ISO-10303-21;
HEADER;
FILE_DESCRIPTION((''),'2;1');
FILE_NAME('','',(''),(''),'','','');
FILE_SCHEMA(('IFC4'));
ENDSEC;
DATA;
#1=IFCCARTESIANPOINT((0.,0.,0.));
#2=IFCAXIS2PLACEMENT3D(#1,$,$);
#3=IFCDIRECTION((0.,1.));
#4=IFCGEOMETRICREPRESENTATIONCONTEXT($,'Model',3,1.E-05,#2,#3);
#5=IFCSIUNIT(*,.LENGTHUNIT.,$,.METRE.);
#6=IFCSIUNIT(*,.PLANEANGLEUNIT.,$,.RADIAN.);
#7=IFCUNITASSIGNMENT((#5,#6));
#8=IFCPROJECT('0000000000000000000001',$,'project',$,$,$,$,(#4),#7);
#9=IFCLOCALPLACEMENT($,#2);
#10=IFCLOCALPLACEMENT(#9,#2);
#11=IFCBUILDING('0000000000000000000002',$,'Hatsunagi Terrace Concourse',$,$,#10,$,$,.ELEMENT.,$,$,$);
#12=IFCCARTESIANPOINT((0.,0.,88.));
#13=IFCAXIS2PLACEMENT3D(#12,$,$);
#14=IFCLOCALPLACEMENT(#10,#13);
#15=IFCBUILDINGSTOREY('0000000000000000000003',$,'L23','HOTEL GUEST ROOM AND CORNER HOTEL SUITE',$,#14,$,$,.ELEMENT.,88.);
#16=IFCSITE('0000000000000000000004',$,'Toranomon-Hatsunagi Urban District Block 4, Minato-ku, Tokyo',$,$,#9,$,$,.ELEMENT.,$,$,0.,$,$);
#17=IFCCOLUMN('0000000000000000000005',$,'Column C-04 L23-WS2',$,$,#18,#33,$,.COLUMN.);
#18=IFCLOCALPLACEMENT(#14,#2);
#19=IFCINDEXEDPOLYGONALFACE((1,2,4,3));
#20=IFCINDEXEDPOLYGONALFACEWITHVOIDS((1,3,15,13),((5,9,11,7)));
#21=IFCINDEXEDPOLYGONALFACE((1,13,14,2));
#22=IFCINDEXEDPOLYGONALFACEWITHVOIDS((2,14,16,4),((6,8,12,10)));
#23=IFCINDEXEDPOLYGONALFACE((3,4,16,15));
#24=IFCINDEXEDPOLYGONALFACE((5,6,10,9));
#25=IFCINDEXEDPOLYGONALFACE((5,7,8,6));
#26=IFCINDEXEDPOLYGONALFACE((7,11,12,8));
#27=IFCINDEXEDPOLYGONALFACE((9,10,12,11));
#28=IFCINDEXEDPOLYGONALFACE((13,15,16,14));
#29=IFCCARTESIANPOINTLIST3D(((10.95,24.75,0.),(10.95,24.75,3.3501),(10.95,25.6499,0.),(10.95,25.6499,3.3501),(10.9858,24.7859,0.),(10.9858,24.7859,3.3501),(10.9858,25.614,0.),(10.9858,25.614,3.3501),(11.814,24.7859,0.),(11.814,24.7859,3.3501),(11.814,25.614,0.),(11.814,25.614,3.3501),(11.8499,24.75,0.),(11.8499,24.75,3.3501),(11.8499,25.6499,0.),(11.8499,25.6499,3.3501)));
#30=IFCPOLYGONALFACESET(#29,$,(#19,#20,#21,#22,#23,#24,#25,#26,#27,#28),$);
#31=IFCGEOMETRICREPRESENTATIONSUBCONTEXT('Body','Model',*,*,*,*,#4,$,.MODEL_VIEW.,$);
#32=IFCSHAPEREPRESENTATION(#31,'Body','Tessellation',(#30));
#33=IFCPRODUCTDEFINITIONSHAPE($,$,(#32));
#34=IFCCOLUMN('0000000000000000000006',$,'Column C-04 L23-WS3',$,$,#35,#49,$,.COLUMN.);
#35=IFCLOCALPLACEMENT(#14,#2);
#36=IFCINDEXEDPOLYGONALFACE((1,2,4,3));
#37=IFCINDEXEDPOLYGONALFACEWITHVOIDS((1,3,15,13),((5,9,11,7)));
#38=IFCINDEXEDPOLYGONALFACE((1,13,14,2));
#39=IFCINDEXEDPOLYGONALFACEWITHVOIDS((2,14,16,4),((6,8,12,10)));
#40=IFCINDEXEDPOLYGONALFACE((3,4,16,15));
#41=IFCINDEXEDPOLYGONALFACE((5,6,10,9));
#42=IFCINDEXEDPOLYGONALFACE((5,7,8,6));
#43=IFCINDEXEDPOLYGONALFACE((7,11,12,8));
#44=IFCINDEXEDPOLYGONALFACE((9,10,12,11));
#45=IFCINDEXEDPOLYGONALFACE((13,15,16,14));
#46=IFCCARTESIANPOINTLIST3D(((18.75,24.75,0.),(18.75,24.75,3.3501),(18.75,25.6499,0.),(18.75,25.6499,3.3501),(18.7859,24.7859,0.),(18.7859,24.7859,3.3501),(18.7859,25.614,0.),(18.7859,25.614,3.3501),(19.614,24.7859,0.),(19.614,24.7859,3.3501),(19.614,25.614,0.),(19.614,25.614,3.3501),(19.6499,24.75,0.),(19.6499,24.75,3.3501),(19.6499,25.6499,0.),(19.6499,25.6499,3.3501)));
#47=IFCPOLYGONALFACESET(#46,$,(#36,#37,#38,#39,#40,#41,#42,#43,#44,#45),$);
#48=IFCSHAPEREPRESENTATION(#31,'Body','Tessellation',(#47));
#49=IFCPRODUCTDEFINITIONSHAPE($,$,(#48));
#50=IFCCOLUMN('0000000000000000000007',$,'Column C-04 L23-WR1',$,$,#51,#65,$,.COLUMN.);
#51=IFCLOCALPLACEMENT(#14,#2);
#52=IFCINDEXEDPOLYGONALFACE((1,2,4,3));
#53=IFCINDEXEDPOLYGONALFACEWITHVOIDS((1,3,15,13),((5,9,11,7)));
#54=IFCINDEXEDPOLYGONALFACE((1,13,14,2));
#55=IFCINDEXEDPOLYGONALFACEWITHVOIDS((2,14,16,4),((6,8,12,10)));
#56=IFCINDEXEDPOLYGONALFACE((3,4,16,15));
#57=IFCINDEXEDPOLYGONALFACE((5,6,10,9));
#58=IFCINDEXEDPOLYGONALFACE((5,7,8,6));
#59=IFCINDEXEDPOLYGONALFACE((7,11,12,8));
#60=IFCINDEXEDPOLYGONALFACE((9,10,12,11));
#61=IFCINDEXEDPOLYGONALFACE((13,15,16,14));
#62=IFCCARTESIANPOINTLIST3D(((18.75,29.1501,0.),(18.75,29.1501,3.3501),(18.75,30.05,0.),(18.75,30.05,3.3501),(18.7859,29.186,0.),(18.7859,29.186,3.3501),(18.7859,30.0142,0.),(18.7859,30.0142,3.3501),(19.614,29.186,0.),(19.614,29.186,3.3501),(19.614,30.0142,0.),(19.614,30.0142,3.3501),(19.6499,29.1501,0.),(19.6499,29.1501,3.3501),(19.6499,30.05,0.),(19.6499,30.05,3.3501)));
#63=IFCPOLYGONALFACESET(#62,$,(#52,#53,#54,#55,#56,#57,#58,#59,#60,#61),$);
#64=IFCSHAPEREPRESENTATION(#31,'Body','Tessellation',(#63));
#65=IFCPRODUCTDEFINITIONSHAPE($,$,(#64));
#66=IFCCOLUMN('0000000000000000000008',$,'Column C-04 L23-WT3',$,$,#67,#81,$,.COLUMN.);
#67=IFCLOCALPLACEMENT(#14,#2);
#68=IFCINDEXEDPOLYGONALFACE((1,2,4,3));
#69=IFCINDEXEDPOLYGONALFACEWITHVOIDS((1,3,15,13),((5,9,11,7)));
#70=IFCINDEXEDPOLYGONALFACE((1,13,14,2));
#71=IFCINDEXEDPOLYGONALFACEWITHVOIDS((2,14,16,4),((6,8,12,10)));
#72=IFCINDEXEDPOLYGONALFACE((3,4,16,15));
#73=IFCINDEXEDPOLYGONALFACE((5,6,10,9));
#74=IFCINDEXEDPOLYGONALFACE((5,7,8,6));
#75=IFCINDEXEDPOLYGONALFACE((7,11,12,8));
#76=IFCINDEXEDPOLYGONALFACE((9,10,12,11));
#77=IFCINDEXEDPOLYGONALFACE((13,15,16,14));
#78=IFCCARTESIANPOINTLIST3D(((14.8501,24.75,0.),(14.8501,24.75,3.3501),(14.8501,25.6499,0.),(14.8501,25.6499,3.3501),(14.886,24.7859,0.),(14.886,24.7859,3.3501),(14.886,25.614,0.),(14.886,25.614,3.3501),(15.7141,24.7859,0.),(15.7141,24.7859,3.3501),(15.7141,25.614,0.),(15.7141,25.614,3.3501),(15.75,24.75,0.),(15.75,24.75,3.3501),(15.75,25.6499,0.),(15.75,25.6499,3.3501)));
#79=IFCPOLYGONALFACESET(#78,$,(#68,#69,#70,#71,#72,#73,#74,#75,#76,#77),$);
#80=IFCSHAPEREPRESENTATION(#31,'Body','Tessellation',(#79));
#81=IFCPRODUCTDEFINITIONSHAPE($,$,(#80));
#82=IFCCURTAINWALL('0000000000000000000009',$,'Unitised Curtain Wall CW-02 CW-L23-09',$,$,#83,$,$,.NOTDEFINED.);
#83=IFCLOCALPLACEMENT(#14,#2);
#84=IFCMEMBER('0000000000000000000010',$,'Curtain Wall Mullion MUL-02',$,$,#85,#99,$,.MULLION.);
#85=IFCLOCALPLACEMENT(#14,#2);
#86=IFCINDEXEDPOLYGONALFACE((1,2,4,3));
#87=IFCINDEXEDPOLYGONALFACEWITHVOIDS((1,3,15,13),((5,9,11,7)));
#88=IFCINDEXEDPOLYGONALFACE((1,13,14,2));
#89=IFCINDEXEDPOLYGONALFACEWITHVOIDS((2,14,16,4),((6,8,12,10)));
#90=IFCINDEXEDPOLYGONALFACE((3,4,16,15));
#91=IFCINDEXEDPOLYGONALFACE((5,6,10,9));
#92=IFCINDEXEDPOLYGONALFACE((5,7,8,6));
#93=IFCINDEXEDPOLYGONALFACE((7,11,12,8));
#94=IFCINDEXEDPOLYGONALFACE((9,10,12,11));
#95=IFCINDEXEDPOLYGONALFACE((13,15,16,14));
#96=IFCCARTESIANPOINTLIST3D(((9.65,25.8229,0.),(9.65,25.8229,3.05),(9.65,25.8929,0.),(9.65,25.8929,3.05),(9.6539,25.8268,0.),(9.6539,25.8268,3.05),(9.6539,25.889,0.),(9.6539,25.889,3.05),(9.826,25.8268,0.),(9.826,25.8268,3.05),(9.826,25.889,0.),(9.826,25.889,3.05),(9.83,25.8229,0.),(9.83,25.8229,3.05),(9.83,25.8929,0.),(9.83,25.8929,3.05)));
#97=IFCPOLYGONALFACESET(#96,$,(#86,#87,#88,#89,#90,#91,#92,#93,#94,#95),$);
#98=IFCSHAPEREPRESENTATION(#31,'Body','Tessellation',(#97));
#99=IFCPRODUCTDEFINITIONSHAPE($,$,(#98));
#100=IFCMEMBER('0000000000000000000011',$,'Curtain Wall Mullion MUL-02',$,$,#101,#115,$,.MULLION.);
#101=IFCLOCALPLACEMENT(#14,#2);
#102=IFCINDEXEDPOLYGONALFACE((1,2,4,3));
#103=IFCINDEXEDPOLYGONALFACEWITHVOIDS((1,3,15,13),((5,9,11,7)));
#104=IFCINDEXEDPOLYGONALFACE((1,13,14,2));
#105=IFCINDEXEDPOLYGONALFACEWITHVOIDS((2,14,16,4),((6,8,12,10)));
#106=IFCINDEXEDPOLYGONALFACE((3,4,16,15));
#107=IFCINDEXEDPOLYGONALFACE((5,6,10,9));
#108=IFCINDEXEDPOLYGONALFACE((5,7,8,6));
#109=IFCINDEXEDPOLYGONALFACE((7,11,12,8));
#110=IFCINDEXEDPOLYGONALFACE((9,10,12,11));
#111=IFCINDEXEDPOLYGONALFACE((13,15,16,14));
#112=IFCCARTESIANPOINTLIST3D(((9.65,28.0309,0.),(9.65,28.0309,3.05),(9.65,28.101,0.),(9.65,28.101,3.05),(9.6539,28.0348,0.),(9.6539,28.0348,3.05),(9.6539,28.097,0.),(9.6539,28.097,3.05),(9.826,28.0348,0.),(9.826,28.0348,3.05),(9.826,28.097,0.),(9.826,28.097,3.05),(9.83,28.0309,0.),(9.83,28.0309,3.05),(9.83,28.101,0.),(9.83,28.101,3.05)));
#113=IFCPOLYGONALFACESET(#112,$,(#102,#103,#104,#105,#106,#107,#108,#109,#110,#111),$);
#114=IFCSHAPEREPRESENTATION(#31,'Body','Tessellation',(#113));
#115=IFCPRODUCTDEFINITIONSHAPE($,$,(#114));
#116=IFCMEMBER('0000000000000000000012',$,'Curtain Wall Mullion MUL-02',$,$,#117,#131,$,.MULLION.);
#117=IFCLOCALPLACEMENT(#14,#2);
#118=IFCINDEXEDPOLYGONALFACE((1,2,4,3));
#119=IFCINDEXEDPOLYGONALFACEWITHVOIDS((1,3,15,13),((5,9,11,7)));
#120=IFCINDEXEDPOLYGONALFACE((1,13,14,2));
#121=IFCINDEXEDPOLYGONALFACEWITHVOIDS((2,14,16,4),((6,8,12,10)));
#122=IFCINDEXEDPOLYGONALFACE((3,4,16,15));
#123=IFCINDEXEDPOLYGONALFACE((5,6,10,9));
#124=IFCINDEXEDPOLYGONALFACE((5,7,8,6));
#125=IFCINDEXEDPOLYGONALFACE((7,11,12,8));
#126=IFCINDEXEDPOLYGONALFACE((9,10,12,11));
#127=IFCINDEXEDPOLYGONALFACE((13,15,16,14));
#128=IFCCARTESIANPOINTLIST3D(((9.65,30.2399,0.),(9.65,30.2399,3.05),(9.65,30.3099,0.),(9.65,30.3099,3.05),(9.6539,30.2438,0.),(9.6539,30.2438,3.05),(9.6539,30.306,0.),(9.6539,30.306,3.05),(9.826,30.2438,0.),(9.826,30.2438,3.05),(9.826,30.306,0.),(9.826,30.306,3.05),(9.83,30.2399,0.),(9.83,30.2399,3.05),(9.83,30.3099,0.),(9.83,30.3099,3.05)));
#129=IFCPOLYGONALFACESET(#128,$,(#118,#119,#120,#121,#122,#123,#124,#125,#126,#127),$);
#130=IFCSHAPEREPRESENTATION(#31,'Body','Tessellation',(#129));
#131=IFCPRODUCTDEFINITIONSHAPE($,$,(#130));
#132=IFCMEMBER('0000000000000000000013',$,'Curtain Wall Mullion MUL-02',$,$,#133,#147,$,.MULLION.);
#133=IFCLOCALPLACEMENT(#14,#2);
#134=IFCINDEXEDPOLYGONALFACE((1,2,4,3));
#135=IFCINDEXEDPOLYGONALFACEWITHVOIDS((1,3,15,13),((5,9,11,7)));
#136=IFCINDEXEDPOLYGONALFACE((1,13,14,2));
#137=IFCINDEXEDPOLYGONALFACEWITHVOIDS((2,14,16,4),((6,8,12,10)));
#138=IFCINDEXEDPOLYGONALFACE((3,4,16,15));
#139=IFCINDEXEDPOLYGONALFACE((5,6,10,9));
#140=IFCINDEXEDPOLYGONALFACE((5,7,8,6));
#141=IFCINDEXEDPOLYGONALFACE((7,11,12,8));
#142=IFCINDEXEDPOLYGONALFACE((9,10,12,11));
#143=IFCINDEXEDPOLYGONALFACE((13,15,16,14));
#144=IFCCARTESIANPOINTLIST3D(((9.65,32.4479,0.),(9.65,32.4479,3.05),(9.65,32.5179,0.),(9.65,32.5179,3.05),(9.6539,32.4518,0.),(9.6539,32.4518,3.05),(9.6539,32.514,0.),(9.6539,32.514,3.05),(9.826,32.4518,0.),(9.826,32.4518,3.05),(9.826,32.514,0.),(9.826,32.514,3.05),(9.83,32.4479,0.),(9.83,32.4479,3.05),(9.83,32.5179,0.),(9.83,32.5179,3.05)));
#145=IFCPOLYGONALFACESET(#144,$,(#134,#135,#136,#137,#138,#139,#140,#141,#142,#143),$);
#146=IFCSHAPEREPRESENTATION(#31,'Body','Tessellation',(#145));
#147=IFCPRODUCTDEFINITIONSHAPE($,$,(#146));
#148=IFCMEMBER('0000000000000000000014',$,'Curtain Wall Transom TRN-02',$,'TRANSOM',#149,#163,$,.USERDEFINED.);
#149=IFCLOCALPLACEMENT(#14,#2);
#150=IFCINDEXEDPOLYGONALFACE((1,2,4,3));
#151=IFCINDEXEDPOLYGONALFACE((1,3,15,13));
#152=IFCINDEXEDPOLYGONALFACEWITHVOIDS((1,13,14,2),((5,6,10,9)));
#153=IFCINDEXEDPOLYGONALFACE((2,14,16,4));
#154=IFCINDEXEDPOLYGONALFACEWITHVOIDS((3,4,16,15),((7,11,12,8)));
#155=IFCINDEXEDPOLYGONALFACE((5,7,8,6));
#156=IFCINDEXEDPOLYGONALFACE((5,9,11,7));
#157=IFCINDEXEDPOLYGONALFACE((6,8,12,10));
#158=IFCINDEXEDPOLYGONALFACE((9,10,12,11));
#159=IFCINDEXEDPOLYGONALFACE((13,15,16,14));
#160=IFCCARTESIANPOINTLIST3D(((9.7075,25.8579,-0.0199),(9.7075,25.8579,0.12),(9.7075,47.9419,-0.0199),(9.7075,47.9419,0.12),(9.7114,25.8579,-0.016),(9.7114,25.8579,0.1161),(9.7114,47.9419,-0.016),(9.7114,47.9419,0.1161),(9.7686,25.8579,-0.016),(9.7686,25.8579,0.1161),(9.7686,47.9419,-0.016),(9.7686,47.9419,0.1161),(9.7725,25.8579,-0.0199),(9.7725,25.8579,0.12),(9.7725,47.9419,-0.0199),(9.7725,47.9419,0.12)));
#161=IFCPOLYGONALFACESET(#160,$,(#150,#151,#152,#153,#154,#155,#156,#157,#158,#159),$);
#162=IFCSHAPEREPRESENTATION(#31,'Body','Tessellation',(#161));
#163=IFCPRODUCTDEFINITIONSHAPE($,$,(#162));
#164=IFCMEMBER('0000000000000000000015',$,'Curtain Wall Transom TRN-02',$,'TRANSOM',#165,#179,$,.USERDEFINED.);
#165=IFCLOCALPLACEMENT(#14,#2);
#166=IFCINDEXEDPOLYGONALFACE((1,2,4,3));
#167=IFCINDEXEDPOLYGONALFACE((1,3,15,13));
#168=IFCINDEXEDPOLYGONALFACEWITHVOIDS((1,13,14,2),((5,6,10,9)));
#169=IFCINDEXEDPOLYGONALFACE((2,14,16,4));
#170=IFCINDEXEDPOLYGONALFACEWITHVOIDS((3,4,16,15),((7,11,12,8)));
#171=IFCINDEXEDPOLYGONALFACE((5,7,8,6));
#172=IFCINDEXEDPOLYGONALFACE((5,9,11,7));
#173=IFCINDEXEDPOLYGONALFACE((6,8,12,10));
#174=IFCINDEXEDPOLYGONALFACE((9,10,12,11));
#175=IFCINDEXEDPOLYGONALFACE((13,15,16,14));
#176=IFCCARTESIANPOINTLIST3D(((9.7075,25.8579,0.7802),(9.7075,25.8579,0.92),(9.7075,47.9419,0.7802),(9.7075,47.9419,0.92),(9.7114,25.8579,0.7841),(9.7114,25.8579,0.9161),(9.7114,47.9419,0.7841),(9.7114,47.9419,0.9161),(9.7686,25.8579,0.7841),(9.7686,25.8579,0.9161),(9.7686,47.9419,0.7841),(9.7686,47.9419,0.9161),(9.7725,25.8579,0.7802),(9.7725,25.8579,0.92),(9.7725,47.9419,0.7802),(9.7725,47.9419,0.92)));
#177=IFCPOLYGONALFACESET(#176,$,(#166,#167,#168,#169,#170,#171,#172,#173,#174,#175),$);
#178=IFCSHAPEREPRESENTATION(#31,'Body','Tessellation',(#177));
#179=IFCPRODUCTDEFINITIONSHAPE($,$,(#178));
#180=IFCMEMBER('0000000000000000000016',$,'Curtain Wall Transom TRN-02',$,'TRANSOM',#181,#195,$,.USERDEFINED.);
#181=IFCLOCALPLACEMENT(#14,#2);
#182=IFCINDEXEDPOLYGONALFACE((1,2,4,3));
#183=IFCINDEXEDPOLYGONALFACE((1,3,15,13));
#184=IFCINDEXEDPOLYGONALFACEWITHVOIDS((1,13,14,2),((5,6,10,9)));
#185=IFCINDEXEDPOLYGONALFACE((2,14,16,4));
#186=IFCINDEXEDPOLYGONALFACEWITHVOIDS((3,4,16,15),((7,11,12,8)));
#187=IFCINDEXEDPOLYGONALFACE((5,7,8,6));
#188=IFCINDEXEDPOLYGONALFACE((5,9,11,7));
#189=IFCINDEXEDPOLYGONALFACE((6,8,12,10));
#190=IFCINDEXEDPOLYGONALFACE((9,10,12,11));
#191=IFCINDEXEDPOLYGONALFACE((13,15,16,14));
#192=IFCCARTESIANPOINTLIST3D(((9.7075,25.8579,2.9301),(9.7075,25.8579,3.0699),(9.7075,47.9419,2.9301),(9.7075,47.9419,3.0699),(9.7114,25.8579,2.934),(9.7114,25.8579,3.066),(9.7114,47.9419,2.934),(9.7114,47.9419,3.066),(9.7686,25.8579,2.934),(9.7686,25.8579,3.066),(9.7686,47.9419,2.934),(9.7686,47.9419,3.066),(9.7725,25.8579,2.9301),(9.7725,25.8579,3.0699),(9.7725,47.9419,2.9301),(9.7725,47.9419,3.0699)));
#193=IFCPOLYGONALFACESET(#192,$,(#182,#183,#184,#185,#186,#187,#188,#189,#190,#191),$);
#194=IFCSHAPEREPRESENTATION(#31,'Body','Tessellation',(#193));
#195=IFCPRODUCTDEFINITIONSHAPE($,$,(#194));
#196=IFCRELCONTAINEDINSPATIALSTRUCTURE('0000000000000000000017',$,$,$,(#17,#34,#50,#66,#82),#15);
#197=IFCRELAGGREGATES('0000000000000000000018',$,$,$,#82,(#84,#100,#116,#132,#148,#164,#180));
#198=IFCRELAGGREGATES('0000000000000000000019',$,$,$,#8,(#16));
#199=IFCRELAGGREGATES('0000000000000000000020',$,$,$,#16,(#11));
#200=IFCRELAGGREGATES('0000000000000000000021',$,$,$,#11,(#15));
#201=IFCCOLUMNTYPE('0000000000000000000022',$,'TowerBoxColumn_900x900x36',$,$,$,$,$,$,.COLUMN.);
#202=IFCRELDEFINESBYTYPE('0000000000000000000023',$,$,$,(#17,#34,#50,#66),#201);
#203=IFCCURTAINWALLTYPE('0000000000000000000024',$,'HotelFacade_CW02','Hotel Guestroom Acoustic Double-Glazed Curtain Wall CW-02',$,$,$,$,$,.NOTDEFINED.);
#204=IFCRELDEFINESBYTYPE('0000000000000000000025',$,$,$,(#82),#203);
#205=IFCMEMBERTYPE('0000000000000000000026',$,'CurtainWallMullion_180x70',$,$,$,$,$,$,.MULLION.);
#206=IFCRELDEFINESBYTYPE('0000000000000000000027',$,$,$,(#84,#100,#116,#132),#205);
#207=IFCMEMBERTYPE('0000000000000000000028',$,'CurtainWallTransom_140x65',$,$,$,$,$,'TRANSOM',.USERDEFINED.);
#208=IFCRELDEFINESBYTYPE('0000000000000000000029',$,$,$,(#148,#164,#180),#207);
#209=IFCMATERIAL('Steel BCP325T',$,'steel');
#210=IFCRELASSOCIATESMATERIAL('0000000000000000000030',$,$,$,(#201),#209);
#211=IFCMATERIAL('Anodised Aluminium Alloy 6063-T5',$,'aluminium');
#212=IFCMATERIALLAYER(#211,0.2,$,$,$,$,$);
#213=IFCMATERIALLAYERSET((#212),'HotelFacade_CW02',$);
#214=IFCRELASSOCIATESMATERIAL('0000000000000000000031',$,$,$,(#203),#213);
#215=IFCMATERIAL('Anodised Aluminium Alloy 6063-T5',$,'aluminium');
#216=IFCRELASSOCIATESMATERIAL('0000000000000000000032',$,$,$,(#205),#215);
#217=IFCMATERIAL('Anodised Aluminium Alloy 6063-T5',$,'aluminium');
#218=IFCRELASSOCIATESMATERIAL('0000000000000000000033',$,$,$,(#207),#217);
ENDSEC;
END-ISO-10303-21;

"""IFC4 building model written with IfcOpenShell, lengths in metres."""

from ifc_helpers import new_model, si_unit, direction, frame, origin, origin_2d, place, context, subcontext, project, spatial, hollow_rectangle, extrude, material, layer, layer_set, material_profile, profile_set, type_object, element, aggregate, save


model = new_model("IFC4")

# Units and contexts
model_context = context("Model", 3, precision=1e-05, world=origin(), true_north=direction((0.0, 1.0)))
body_context = subcontext(model_context, "Body", "Model", "MODEL_VIEW")
ifc_project = project(units=[si_unit("LENGTHUNIT", "METRE"), si_unit("PLANEANGLEUNIT", "RADIAN")], contexts=[model_context])

# Site, building, storey
site_placement = place(None, origin())
site = spatial("IfcSite", under=ifc_project, at=site_placement, Name="Toranomon-Hatsunagi Urban District Block 4, Minato-ku, Tokyo", CompositionType="ELEMENT", RefElevation=0.0)
building_placement = place(site_placement, origin())
building = spatial("IfcBuilding", under=site, at=building_placement, Name="Hatsunagi Terrace Concourse", CompositionType="ELEMENT")
storey_placement = place(building_placement, frame((0.0, 0.0, 88.0)))
storey = spatial("IfcBuildingStorey", under=building, at=storey_placement, Name="L23", Description="HOTEL GUEST ROOM AND CORNER HOTEL SUITE", CompositionType="ELEMENT", Elevation=88.0)

# Columns
ifc_material_1 = material(Name="Steel BCP325T", Category="steel")
ifc_material_profile_1 = material_profile(ifc_material_1, hollow_rectangle(XDim=0.8999, YDim=0.8999, WallThickness=0.0359, at=origin_2d()), Name="BCP-900x900x36")
ifc_profile_set_1 = profile_set([ifc_material_profile_1], Name="Steel BCP325T")
column_type = type_object("IfcColumnType", Name="TowerBoxColumn_900x900x36", PredefinedType="COLUMN", material=ifc_profile_set_1)
for number, where, z_axis, x_axis, name in (
    (1, (11.3999, 25.2, 0.0), (0.0, 0.0, 1.0), (1.0, 0.0, 0.0), "Column C-04 L23-WS2"),
    (2, (19.2, 25.2, 0.0), (0.0, 0.0, 1.0), (1.0, 0.0, 0.0), "Column C-04 L23-WS3"),
    (3, (19.2, 29.6001, 0.0), (0.0, 0.0, 1.0), (1.0, 0.0, 0.0), "Column C-04 L23-WR1"),
    (4, (15.3, 25.2, 0.0), (0.0, 0.0, 1.0), (1.0, 0.0, 0.0), "Column C-04 L23-WT3"),
):
    element("IfcColumn", number, at=place(storey_placement, frame(where, z_axis=z_axis, x_axis=x_axis)), inside=storey, type_object=column_type, Name=name, PredefinedType="COLUMN", context=body_context, shape_type="SweptSolid", body=[
        extrude(hollow_rectangle(XDim=0.8999, YDim=0.8999, WallThickness=0.0359, at=origin_2d()), origin(), (0.0, 0.0, 1.0), 3.3501),
    ])

# Curtain wall, members
ifc_material_2 = material(Name="Anodised Aluminium Alloy 6063-T5", Category="aluminium")
ifc_layer_1 = layer(ifc_material_2, 0.2)
ifc_layer_set_1 = layer_set([ifc_layer_1], Name="HotelFacade_CW02")
curtain_wall_type = type_object("IfcCurtainWallType", Name="HotelFacade_CW02", Description="Hotel Guestroom Acoustic Double-Glazed Curtain Wall CW-02", PredefinedType="NOTDEFINED", material=ifc_layer_set_1)
curtain_wall_placement = place(storey_placement, origin())
curtain_wall = element("IfcCurtainWall", 5, at=curtain_wall_placement, inside=storey, type_object=curtain_wall_type, Name="Unitised Curtain Wall CW-02 CW-L23-09", PredefinedType="NOTDEFINED")
ifc_material_3 = material(Name="Anodised Aluminium Alloy 6063-T5", Category="aluminium")
ifc_material_profile_2 = material_profile(ifc_material_3, hollow_rectangle(XDim=0.0701, YDim=0.1799, WallThickness=0.0039, at=origin_2d()), Name="ALU-MUL-180x70x4")
ifc_profile_set_2 = profile_set([ifc_material_profile_2], Name="Anodised Aluminium Alloy 6063-T5")
member_type_1 = type_object("IfcMemberType", Name="CurtainWallMullion_180x70", PredefinedType="MULLION", material=ifc_profile_set_2)
member_1_placement = place(storey_placement, frame((9.74, 25.8579, 0.0), z_axis=(0.0, 0.0, 1.0), x_axis=(0.0, 1.0, 0.0)))
member_1 = element("IfcMember", 6, at=member_1_placement, type_object=member_type_1, Name="Curtain Wall Mullion MUL-02", PredefinedType="MULLION", context=body_context, shape_type="SweptSolid", body=[
    extrude(hollow_rectangle(XDim=0.0701, YDim=0.1799, WallThickness=0.0039, at=origin_2d()), origin(), (0.0, 0.0, 1.0), 3.05),
])
member_2_placement = place(storey_placement, frame((9.74, 28.0659, 0.0), z_axis=(0.0, 0.0, 1.0), x_axis=(0.0, 1.0, 0.0)))
member_2 = element("IfcMember", 7, at=member_2_placement, type_object=member_type_1, Name="Curtain Wall Mullion MUL-02", PredefinedType="MULLION", context=body_context, shape_type="SweptSolid", body=[
    extrude(hollow_rectangle(XDim=0.0701, YDim=0.1799, WallThickness=0.0039, at=origin_2d()), origin(), (0.0, 0.0, 1.0), 3.05),
])
member_3_placement = place(storey_placement, frame((9.74, 30.2749, 0.0), z_axis=(0.0, 0.0, 1.0), x_axis=(0.0, 1.0, 0.0)))
member_3 = element("IfcMember", 8, at=member_3_placement, type_object=member_type_1, Name="Curtain Wall Mullion MUL-02", PredefinedType="MULLION", context=body_context, shape_type="SweptSolid", body=[
    extrude(hollow_rectangle(XDim=0.0701, YDim=0.1799, WallThickness=0.0039, at=origin_2d()), origin(), (0.0, 0.0, 1.0), 3.05),
])
member_4_placement = place(storey_placement, frame((9.74, 32.4829, 0.0), z_axis=(0.0, 0.0, 1.0), x_axis=(0.0, 1.0, 0.0)))
member_4 = element("IfcMember", 9, at=member_4_placement, type_object=member_type_1, Name="Curtain Wall Mullion MUL-02", PredefinedType="MULLION", context=body_context, shape_type="SweptSolid", body=[
    extrude(hollow_rectangle(XDim=0.0701, YDim=0.1799, WallThickness=0.0039, at=origin_2d()), origin(), (0.0, 0.0, 1.0), 3.05),
])
ifc_material_4 = material(Name="Anodised Aluminium Alloy 6063-T5", Category="aluminium")
ifc_material_profile_3 = material_profile(ifc_material_4, hollow_rectangle(XDim=0.0649, YDim=0.1399, WallThickness=0.0039, at=origin_2d()), Name="ALU-TRN-140x65x4")
ifc_profile_set_3 = profile_set([ifc_material_profile_3], Name="Anodised Aluminium Alloy 6063-T5")
member_type_2 = type_object("IfcMemberType", Name="CurtainWallTransom_140x65", ElementType="TRANSOM", PredefinedType="USERDEFINED", material=ifc_profile_set_3)
member_5_placement = place(storey_placement, frame((9.74, 25.8579, 0.05), z_axis=(0.0, 1.0, 0.0), x_axis=(-1.0, 0.0, 0.0)))
member_5 = element("IfcMember", 10, at=member_5_placement, type_object=member_type_2, Name="Curtain Wall Transom TRN-02", ObjectType="TRANSOM", PredefinedType="USERDEFINED", context=body_context, shape_type="SweptSolid", body=[
    extrude(hollow_rectangle(XDim=0.0649, YDim=0.1399, WallThickness=0.0039, at=origin_2d()), origin(), (0.0, 0.0, 1.0), 22.084),
])
member_6_placement = place(storey_placement, frame((9.74, 25.8579, 0.8501), z_axis=(0.0, 1.0, 0.0), x_axis=(-1.0, 0.0, 0.0)))
member_6 = element("IfcMember", 11, at=member_6_placement, type_object=member_type_2, Name="Curtain Wall Transom TRN-02", ObjectType="TRANSOM", PredefinedType="USERDEFINED", context=body_context, shape_type="SweptSolid", body=[
    extrude(hollow_rectangle(XDim=0.0649, YDim=0.1399, WallThickness=0.0039, at=origin_2d()), origin(), (0.0, 0.0, 1.0), 22.084),
])
member_7_placement = place(storey_placement, frame((9.74, 25.8579, 3.0), z_axis=(0.0, 1.0, 0.0), x_axis=(-1.0, 0.0, 0.0)))
member_7 = element("IfcMember", 12, at=member_7_placement, type_object=member_type_2, Name="Curtain Wall Transom TRN-02", ObjectType="TRANSOM", PredefinedType="USERDEFINED", context=body_context, shape_type="SweptSolid", body=[
    extrude(hollow_rectangle(XDim=0.0649, YDim=0.1399, WallThickness=0.0039, at=origin_2d()), origin(), (0.0, 0.0, 1.0), 22.084),
])

aggregate(curtain_wall, [member_1, member_2, member_3, member_4, member_5, member_6, member_7])

save(model, "model.ifc")
